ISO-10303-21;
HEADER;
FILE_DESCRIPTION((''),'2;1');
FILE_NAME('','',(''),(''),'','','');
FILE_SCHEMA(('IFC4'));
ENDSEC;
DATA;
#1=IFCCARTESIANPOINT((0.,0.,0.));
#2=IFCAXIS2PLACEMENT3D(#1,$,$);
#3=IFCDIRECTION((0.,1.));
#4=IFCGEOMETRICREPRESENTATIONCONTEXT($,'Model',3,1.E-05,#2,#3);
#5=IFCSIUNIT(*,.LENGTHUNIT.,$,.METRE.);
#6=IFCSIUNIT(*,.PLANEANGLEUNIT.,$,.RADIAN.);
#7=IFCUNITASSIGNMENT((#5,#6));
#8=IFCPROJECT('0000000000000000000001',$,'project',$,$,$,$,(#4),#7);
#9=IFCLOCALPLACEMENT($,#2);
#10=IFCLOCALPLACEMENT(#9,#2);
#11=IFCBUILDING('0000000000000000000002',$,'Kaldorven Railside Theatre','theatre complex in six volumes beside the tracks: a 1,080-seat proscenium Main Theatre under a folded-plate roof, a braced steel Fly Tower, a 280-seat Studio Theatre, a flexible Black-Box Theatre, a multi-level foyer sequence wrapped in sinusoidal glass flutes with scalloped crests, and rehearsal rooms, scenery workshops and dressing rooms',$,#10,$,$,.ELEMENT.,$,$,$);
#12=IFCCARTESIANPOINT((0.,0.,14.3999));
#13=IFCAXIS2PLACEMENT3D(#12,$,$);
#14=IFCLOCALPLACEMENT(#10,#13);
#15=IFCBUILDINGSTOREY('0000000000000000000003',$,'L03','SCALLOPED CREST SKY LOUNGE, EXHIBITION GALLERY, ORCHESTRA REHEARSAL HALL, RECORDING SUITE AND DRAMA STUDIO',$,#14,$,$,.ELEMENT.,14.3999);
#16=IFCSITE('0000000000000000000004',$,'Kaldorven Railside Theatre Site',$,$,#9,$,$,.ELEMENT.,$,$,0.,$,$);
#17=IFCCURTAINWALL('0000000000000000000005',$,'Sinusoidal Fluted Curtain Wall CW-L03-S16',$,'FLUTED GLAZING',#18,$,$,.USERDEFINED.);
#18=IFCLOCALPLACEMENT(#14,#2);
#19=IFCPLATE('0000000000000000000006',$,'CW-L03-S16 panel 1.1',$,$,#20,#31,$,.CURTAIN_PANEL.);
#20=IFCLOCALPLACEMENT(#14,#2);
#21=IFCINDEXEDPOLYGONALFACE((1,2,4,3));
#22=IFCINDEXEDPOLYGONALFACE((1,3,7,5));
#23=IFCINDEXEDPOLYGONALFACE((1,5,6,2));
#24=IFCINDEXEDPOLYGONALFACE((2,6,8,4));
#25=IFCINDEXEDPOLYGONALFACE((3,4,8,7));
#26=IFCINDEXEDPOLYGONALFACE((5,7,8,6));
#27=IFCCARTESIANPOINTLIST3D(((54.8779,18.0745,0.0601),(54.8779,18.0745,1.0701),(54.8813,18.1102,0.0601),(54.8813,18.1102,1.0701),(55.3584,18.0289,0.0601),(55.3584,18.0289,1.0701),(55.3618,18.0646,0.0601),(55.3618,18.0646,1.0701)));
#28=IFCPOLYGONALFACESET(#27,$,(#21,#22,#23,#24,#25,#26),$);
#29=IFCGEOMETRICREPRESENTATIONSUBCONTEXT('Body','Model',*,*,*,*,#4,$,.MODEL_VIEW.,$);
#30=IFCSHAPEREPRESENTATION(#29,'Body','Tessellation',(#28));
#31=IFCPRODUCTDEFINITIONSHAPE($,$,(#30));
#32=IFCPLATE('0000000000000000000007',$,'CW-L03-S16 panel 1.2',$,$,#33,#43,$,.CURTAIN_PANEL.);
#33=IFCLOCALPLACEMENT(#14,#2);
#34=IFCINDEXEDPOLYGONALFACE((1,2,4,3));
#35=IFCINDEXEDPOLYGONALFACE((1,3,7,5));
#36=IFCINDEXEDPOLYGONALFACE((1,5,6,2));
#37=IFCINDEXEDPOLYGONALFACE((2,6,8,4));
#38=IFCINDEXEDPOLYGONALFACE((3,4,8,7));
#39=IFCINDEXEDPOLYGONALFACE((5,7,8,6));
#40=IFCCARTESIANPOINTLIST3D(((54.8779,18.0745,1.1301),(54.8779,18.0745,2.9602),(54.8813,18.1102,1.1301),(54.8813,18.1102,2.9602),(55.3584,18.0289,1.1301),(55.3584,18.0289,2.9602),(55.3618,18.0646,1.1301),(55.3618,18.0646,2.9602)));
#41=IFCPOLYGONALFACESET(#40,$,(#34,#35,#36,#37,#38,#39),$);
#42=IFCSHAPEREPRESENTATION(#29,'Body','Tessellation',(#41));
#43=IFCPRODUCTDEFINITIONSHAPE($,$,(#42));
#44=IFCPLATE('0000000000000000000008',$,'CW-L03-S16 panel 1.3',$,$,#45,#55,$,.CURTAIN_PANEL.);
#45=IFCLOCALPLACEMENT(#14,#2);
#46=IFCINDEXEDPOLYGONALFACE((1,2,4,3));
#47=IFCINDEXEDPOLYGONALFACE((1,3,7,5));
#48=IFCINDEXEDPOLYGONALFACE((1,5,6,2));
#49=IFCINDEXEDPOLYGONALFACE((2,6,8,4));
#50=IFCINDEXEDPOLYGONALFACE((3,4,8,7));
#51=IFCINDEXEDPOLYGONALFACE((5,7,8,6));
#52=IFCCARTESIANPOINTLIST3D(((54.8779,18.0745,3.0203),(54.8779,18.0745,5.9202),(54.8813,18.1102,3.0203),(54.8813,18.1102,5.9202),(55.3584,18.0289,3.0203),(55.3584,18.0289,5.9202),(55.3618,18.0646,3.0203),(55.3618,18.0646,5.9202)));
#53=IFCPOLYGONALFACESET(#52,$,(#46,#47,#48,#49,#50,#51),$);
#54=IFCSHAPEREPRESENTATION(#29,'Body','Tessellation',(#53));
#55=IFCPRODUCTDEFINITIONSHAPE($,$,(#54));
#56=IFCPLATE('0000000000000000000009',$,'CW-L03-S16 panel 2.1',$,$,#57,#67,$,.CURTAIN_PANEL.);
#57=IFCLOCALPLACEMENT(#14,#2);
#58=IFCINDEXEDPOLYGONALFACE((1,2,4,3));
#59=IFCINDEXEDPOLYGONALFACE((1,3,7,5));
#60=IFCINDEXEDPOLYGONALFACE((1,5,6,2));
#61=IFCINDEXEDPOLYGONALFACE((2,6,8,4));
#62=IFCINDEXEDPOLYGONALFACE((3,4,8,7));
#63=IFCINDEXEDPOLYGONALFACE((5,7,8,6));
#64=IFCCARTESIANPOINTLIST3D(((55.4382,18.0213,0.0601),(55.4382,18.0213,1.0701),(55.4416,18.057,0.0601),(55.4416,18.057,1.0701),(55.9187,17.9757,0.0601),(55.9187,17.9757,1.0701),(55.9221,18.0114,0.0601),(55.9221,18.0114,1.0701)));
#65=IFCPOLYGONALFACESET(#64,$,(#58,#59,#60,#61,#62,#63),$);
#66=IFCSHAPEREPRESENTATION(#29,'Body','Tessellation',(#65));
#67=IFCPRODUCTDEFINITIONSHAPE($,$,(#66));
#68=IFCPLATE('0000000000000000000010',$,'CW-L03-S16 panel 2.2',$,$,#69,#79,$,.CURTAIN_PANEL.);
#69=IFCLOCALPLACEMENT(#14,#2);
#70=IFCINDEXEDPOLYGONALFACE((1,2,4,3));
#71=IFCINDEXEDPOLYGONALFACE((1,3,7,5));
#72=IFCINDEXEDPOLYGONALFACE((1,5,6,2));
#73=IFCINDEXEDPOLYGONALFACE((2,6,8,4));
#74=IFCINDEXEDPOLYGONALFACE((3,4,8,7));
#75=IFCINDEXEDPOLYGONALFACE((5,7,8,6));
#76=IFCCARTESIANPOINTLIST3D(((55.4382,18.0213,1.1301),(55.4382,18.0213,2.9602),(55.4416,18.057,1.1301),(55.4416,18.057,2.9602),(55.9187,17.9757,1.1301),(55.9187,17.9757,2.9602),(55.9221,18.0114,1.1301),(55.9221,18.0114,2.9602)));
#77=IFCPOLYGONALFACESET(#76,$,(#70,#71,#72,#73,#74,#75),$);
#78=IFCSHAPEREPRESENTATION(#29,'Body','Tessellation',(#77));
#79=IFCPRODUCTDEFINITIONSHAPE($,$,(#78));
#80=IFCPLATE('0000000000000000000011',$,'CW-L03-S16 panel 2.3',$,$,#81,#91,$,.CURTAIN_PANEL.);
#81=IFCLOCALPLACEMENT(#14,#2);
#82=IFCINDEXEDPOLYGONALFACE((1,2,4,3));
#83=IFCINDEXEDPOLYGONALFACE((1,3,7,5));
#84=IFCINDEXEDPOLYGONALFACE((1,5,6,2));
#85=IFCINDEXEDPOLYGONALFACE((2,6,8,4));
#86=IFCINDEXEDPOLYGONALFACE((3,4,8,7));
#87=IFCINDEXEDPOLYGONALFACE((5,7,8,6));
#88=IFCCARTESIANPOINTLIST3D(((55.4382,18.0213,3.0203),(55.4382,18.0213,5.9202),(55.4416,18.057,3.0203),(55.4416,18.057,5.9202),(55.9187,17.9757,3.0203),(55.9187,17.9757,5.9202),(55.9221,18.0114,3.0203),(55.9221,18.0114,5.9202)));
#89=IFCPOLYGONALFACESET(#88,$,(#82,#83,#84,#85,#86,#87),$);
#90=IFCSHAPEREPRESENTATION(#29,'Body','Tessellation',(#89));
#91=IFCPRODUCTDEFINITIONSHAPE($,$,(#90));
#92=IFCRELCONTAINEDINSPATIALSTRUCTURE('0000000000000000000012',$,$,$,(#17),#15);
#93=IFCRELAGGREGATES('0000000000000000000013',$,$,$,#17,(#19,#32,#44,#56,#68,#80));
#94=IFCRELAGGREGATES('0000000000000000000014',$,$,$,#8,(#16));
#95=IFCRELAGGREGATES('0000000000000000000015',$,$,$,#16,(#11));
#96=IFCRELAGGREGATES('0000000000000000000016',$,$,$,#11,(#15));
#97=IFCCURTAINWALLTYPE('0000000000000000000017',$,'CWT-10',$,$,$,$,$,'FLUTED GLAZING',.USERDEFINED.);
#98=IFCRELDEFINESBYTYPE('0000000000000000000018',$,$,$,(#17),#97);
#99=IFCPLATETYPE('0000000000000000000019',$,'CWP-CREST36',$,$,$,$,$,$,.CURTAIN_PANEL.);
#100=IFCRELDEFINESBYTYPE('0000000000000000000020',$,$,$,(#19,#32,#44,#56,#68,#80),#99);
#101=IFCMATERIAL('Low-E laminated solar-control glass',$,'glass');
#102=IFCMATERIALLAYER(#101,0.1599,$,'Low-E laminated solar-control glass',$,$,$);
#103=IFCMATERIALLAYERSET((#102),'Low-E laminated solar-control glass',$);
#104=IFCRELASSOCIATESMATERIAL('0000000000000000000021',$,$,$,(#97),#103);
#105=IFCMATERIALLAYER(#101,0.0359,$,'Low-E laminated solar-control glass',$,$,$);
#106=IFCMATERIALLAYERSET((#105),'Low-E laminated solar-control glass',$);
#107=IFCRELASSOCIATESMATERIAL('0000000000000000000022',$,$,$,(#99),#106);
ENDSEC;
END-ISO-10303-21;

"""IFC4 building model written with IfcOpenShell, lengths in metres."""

from ifc_helpers import new_model, si_unit, direction, frame, origin, origin_2d, place, context, subcontext, project, spatial, rectangle, extrude, material, layer, layer_set, type_object, element, aggregate, save


model = new_model("IFC4")

# Units and contexts
model_context = context("Model", 3, precision=1e-05, world=origin(), true_north=direction((0.0, 1.0)))
body_context = subcontext(model_context, "Body", "Model", "MODEL_VIEW")
ifc_project = project(units=[si_unit("LENGTHUNIT", "METRE"), si_unit("PLANEANGLEUNIT", "RADIAN")], contexts=[model_context])

# Site, building, storey
site_placement = place(None, origin())
site = spatial("IfcSite", under=ifc_project, at=site_placement, Name="Kaldorven Railside Theatre Site", CompositionType="ELEMENT", RefElevation=0.0)
building_placement = place(site_placement, origin())
building = spatial("IfcBuilding", under=site, at=building_placement, Name="Kaldorven Railside Theatre", Description="theatre complex in six volumes beside the tracks: a 1,080-seat proscenium Main Theatre under a folded-plate roof, a braced steel Fly Tower, a 280-seat Studio Theatre, a flexible Black-Box Theatre, a multi-level foyer sequence wrapped in sinusoidal glass flutes with scalloped crests, and rehearsal rooms, scenery workshops and dressing rooms", CompositionType="ELEMENT")
storey_placement = place(building_placement, frame((0.0, 0.0, 14.3999)))
storey = spatial("IfcBuildingStorey", under=building, at=storey_placement, Name="L03", Description="SCALLOPED CREST SKY LOUNGE, EXHIBITION GALLERY, ORCHESTRA REHEARSAL HALL, RECORDING SUITE AND DRAMA STUDIO", CompositionType="ELEMENT", Elevation=14.3999)

# Curtain wall
ifc_material_1 = material(Name="Low-E laminated solar-control glass", Category="glass")
ifc_layer_1 = layer(ifc_material_1, 0.1599, Name="Low-E laminated solar-control glass")
ifc_layer_set_1 = layer_set([ifc_layer_1], Name="Low-E laminated solar-control glass")
curtain_wall_type = type_object("IfcCurtainWallType", Name="CWT-10", ElementType="FLUTED GLAZING", PredefinedType="USERDEFINED", material=ifc_layer_set_1)
curtain_wall_1_placement = place(storey_placement, origin())
curtain_wall_1 = element("IfcCurtainWall", 1, at=curtain_wall_1_placement, inside=storey, type_object=curtain_wall_type, Name="Sinusoidal Fluted Curtain Wall CW-L03-S16", ObjectType="FLUTED GLAZING", PredefinedType="USERDEFINED")

# Plates
ifc_layer_2 = layer(ifc_material_1, 0.0359, Name="Low-E laminated solar-control glass")
ifc_layer_set_2 = layer_set([ifc_layer_2], Name="Low-E laminated solar-control glass")
plate_type = type_object("IfcPlateType", Name="CWP-CREST36", PredefinedType="CURTAIN_PANEL", material=ifc_layer_set_2)
plate_1_placement = place(storey_placement, frame((55.1199, 18.0696, 0.0601), z_axis=(0.0, 0.0, 1.0), x_axis=(0.995526, -0.094492, 0.0)))
plate_1 = element("IfcPlate", 2, at=plate_1_placement, type_object=plate_type, Name="CW-L03-S16 panel 1.1", PredefinedType="CURTAIN_PANEL", context=body_context, shape_type="SweptSolid", body=[
    extrude(rectangle(XDim=0.4827, YDim=0.0359, at=origin_2d()), origin(), (0.0, 0.0, 1.0), 1.01),
])
plate_2_placement = place(storey_placement, frame((55.1199, 18.0696, 1.1301), z_axis=(0.0, 0.0, 1.0), x_axis=(0.995526, -0.094492, 0.0)))
plate_2 = element("IfcPlate", 3, at=plate_2_placement, type_object=plate_type, Name="CW-L03-S16 panel 1.2", PredefinedType="CURTAIN_PANEL", context=body_context, shape_type="SweptSolid", body=[
    extrude(rectangle(XDim=0.4827, YDim=0.0359, at=origin_2d()), origin(), (0.0, 0.0, 1.0), 1.8301),
])
plate_3_placement = place(storey_placement, frame((55.1199, 18.0696, 3.0203), z_axis=(0.0, 0.0, 1.0), x_axis=(0.995526, -0.094492, 0.0)))
plate_3 = element("IfcPlate", 4, at=plate_3_placement, type_object=plate_type, Name="CW-L03-S16 panel 1.3", PredefinedType="CURTAIN_PANEL", context=body_context, shape_type="SweptSolid", body=[
    extrude(rectangle(XDim=0.4827, YDim=0.0359, at=origin_2d()), origin(), (0.0, 0.0, 1.0), 2.8999),
])
plate_4_placement = place(storey_placement, frame((55.6802, 18.0164, 0.0601), z_axis=(0.0, 0.0, 1.0), x_axis=(0.995526, -0.094492, 0.0)))
plate_4 = element("IfcPlate", 5, at=plate_4_placement, type_object=plate_type, Name="CW-L03-S16 panel 2.1", PredefinedType="CURTAIN_PANEL", context=body_context, shape_type="SweptSolid", body=[
    extrude(rectangle(XDim=0.4827, YDim=0.0359, at=origin_2d()), origin(), (0.0, 0.0, 1.0), 1.01),
])
plate_5_placement = place(storey_placement, frame((55.6802, 18.0164, 1.1301), z_axis=(0.0, 0.0, 1.0), x_axis=(0.995526, -0.094492, 0.0)))
plate_5 = element("IfcPlate", 6, at=plate_5_placement, type_object=plate_type, Name="CW-L03-S16 panel 2.2", PredefinedType="CURTAIN_PANEL", context=body_context, shape_type="SweptSolid", body=[
    extrude(rectangle(XDim=0.4827, YDim=0.0359, at=origin_2d()), origin(), (0.0, 0.0, 1.0), 1.8301),
])
plate_6_placement = place(storey_placement, frame((55.6802, 18.0164, 3.0203), z_axis=(0.0, 0.0, 1.0), x_axis=(0.995526, -0.094492, 0.0)))
plate_6 = element("IfcPlate", 7, at=plate_6_placement, type_object=plate_type, Name="CW-L03-S16 panel 2.3", PredefinedType="CURTAIN_PANEL", context=body_context, shape_type="SweptSolid", body=[
    extrude(rectangle(XDim=0.4827, YDim=0.0359, at=origin_2d()), origin(), (0.0, 0.0, 1.0), 2.8999),
])
aggregate(curtain_wall_1, [plate_1, plate_2, plate_3, plate_4, plate_5, plate_6])

save(model, "model.ifc")
